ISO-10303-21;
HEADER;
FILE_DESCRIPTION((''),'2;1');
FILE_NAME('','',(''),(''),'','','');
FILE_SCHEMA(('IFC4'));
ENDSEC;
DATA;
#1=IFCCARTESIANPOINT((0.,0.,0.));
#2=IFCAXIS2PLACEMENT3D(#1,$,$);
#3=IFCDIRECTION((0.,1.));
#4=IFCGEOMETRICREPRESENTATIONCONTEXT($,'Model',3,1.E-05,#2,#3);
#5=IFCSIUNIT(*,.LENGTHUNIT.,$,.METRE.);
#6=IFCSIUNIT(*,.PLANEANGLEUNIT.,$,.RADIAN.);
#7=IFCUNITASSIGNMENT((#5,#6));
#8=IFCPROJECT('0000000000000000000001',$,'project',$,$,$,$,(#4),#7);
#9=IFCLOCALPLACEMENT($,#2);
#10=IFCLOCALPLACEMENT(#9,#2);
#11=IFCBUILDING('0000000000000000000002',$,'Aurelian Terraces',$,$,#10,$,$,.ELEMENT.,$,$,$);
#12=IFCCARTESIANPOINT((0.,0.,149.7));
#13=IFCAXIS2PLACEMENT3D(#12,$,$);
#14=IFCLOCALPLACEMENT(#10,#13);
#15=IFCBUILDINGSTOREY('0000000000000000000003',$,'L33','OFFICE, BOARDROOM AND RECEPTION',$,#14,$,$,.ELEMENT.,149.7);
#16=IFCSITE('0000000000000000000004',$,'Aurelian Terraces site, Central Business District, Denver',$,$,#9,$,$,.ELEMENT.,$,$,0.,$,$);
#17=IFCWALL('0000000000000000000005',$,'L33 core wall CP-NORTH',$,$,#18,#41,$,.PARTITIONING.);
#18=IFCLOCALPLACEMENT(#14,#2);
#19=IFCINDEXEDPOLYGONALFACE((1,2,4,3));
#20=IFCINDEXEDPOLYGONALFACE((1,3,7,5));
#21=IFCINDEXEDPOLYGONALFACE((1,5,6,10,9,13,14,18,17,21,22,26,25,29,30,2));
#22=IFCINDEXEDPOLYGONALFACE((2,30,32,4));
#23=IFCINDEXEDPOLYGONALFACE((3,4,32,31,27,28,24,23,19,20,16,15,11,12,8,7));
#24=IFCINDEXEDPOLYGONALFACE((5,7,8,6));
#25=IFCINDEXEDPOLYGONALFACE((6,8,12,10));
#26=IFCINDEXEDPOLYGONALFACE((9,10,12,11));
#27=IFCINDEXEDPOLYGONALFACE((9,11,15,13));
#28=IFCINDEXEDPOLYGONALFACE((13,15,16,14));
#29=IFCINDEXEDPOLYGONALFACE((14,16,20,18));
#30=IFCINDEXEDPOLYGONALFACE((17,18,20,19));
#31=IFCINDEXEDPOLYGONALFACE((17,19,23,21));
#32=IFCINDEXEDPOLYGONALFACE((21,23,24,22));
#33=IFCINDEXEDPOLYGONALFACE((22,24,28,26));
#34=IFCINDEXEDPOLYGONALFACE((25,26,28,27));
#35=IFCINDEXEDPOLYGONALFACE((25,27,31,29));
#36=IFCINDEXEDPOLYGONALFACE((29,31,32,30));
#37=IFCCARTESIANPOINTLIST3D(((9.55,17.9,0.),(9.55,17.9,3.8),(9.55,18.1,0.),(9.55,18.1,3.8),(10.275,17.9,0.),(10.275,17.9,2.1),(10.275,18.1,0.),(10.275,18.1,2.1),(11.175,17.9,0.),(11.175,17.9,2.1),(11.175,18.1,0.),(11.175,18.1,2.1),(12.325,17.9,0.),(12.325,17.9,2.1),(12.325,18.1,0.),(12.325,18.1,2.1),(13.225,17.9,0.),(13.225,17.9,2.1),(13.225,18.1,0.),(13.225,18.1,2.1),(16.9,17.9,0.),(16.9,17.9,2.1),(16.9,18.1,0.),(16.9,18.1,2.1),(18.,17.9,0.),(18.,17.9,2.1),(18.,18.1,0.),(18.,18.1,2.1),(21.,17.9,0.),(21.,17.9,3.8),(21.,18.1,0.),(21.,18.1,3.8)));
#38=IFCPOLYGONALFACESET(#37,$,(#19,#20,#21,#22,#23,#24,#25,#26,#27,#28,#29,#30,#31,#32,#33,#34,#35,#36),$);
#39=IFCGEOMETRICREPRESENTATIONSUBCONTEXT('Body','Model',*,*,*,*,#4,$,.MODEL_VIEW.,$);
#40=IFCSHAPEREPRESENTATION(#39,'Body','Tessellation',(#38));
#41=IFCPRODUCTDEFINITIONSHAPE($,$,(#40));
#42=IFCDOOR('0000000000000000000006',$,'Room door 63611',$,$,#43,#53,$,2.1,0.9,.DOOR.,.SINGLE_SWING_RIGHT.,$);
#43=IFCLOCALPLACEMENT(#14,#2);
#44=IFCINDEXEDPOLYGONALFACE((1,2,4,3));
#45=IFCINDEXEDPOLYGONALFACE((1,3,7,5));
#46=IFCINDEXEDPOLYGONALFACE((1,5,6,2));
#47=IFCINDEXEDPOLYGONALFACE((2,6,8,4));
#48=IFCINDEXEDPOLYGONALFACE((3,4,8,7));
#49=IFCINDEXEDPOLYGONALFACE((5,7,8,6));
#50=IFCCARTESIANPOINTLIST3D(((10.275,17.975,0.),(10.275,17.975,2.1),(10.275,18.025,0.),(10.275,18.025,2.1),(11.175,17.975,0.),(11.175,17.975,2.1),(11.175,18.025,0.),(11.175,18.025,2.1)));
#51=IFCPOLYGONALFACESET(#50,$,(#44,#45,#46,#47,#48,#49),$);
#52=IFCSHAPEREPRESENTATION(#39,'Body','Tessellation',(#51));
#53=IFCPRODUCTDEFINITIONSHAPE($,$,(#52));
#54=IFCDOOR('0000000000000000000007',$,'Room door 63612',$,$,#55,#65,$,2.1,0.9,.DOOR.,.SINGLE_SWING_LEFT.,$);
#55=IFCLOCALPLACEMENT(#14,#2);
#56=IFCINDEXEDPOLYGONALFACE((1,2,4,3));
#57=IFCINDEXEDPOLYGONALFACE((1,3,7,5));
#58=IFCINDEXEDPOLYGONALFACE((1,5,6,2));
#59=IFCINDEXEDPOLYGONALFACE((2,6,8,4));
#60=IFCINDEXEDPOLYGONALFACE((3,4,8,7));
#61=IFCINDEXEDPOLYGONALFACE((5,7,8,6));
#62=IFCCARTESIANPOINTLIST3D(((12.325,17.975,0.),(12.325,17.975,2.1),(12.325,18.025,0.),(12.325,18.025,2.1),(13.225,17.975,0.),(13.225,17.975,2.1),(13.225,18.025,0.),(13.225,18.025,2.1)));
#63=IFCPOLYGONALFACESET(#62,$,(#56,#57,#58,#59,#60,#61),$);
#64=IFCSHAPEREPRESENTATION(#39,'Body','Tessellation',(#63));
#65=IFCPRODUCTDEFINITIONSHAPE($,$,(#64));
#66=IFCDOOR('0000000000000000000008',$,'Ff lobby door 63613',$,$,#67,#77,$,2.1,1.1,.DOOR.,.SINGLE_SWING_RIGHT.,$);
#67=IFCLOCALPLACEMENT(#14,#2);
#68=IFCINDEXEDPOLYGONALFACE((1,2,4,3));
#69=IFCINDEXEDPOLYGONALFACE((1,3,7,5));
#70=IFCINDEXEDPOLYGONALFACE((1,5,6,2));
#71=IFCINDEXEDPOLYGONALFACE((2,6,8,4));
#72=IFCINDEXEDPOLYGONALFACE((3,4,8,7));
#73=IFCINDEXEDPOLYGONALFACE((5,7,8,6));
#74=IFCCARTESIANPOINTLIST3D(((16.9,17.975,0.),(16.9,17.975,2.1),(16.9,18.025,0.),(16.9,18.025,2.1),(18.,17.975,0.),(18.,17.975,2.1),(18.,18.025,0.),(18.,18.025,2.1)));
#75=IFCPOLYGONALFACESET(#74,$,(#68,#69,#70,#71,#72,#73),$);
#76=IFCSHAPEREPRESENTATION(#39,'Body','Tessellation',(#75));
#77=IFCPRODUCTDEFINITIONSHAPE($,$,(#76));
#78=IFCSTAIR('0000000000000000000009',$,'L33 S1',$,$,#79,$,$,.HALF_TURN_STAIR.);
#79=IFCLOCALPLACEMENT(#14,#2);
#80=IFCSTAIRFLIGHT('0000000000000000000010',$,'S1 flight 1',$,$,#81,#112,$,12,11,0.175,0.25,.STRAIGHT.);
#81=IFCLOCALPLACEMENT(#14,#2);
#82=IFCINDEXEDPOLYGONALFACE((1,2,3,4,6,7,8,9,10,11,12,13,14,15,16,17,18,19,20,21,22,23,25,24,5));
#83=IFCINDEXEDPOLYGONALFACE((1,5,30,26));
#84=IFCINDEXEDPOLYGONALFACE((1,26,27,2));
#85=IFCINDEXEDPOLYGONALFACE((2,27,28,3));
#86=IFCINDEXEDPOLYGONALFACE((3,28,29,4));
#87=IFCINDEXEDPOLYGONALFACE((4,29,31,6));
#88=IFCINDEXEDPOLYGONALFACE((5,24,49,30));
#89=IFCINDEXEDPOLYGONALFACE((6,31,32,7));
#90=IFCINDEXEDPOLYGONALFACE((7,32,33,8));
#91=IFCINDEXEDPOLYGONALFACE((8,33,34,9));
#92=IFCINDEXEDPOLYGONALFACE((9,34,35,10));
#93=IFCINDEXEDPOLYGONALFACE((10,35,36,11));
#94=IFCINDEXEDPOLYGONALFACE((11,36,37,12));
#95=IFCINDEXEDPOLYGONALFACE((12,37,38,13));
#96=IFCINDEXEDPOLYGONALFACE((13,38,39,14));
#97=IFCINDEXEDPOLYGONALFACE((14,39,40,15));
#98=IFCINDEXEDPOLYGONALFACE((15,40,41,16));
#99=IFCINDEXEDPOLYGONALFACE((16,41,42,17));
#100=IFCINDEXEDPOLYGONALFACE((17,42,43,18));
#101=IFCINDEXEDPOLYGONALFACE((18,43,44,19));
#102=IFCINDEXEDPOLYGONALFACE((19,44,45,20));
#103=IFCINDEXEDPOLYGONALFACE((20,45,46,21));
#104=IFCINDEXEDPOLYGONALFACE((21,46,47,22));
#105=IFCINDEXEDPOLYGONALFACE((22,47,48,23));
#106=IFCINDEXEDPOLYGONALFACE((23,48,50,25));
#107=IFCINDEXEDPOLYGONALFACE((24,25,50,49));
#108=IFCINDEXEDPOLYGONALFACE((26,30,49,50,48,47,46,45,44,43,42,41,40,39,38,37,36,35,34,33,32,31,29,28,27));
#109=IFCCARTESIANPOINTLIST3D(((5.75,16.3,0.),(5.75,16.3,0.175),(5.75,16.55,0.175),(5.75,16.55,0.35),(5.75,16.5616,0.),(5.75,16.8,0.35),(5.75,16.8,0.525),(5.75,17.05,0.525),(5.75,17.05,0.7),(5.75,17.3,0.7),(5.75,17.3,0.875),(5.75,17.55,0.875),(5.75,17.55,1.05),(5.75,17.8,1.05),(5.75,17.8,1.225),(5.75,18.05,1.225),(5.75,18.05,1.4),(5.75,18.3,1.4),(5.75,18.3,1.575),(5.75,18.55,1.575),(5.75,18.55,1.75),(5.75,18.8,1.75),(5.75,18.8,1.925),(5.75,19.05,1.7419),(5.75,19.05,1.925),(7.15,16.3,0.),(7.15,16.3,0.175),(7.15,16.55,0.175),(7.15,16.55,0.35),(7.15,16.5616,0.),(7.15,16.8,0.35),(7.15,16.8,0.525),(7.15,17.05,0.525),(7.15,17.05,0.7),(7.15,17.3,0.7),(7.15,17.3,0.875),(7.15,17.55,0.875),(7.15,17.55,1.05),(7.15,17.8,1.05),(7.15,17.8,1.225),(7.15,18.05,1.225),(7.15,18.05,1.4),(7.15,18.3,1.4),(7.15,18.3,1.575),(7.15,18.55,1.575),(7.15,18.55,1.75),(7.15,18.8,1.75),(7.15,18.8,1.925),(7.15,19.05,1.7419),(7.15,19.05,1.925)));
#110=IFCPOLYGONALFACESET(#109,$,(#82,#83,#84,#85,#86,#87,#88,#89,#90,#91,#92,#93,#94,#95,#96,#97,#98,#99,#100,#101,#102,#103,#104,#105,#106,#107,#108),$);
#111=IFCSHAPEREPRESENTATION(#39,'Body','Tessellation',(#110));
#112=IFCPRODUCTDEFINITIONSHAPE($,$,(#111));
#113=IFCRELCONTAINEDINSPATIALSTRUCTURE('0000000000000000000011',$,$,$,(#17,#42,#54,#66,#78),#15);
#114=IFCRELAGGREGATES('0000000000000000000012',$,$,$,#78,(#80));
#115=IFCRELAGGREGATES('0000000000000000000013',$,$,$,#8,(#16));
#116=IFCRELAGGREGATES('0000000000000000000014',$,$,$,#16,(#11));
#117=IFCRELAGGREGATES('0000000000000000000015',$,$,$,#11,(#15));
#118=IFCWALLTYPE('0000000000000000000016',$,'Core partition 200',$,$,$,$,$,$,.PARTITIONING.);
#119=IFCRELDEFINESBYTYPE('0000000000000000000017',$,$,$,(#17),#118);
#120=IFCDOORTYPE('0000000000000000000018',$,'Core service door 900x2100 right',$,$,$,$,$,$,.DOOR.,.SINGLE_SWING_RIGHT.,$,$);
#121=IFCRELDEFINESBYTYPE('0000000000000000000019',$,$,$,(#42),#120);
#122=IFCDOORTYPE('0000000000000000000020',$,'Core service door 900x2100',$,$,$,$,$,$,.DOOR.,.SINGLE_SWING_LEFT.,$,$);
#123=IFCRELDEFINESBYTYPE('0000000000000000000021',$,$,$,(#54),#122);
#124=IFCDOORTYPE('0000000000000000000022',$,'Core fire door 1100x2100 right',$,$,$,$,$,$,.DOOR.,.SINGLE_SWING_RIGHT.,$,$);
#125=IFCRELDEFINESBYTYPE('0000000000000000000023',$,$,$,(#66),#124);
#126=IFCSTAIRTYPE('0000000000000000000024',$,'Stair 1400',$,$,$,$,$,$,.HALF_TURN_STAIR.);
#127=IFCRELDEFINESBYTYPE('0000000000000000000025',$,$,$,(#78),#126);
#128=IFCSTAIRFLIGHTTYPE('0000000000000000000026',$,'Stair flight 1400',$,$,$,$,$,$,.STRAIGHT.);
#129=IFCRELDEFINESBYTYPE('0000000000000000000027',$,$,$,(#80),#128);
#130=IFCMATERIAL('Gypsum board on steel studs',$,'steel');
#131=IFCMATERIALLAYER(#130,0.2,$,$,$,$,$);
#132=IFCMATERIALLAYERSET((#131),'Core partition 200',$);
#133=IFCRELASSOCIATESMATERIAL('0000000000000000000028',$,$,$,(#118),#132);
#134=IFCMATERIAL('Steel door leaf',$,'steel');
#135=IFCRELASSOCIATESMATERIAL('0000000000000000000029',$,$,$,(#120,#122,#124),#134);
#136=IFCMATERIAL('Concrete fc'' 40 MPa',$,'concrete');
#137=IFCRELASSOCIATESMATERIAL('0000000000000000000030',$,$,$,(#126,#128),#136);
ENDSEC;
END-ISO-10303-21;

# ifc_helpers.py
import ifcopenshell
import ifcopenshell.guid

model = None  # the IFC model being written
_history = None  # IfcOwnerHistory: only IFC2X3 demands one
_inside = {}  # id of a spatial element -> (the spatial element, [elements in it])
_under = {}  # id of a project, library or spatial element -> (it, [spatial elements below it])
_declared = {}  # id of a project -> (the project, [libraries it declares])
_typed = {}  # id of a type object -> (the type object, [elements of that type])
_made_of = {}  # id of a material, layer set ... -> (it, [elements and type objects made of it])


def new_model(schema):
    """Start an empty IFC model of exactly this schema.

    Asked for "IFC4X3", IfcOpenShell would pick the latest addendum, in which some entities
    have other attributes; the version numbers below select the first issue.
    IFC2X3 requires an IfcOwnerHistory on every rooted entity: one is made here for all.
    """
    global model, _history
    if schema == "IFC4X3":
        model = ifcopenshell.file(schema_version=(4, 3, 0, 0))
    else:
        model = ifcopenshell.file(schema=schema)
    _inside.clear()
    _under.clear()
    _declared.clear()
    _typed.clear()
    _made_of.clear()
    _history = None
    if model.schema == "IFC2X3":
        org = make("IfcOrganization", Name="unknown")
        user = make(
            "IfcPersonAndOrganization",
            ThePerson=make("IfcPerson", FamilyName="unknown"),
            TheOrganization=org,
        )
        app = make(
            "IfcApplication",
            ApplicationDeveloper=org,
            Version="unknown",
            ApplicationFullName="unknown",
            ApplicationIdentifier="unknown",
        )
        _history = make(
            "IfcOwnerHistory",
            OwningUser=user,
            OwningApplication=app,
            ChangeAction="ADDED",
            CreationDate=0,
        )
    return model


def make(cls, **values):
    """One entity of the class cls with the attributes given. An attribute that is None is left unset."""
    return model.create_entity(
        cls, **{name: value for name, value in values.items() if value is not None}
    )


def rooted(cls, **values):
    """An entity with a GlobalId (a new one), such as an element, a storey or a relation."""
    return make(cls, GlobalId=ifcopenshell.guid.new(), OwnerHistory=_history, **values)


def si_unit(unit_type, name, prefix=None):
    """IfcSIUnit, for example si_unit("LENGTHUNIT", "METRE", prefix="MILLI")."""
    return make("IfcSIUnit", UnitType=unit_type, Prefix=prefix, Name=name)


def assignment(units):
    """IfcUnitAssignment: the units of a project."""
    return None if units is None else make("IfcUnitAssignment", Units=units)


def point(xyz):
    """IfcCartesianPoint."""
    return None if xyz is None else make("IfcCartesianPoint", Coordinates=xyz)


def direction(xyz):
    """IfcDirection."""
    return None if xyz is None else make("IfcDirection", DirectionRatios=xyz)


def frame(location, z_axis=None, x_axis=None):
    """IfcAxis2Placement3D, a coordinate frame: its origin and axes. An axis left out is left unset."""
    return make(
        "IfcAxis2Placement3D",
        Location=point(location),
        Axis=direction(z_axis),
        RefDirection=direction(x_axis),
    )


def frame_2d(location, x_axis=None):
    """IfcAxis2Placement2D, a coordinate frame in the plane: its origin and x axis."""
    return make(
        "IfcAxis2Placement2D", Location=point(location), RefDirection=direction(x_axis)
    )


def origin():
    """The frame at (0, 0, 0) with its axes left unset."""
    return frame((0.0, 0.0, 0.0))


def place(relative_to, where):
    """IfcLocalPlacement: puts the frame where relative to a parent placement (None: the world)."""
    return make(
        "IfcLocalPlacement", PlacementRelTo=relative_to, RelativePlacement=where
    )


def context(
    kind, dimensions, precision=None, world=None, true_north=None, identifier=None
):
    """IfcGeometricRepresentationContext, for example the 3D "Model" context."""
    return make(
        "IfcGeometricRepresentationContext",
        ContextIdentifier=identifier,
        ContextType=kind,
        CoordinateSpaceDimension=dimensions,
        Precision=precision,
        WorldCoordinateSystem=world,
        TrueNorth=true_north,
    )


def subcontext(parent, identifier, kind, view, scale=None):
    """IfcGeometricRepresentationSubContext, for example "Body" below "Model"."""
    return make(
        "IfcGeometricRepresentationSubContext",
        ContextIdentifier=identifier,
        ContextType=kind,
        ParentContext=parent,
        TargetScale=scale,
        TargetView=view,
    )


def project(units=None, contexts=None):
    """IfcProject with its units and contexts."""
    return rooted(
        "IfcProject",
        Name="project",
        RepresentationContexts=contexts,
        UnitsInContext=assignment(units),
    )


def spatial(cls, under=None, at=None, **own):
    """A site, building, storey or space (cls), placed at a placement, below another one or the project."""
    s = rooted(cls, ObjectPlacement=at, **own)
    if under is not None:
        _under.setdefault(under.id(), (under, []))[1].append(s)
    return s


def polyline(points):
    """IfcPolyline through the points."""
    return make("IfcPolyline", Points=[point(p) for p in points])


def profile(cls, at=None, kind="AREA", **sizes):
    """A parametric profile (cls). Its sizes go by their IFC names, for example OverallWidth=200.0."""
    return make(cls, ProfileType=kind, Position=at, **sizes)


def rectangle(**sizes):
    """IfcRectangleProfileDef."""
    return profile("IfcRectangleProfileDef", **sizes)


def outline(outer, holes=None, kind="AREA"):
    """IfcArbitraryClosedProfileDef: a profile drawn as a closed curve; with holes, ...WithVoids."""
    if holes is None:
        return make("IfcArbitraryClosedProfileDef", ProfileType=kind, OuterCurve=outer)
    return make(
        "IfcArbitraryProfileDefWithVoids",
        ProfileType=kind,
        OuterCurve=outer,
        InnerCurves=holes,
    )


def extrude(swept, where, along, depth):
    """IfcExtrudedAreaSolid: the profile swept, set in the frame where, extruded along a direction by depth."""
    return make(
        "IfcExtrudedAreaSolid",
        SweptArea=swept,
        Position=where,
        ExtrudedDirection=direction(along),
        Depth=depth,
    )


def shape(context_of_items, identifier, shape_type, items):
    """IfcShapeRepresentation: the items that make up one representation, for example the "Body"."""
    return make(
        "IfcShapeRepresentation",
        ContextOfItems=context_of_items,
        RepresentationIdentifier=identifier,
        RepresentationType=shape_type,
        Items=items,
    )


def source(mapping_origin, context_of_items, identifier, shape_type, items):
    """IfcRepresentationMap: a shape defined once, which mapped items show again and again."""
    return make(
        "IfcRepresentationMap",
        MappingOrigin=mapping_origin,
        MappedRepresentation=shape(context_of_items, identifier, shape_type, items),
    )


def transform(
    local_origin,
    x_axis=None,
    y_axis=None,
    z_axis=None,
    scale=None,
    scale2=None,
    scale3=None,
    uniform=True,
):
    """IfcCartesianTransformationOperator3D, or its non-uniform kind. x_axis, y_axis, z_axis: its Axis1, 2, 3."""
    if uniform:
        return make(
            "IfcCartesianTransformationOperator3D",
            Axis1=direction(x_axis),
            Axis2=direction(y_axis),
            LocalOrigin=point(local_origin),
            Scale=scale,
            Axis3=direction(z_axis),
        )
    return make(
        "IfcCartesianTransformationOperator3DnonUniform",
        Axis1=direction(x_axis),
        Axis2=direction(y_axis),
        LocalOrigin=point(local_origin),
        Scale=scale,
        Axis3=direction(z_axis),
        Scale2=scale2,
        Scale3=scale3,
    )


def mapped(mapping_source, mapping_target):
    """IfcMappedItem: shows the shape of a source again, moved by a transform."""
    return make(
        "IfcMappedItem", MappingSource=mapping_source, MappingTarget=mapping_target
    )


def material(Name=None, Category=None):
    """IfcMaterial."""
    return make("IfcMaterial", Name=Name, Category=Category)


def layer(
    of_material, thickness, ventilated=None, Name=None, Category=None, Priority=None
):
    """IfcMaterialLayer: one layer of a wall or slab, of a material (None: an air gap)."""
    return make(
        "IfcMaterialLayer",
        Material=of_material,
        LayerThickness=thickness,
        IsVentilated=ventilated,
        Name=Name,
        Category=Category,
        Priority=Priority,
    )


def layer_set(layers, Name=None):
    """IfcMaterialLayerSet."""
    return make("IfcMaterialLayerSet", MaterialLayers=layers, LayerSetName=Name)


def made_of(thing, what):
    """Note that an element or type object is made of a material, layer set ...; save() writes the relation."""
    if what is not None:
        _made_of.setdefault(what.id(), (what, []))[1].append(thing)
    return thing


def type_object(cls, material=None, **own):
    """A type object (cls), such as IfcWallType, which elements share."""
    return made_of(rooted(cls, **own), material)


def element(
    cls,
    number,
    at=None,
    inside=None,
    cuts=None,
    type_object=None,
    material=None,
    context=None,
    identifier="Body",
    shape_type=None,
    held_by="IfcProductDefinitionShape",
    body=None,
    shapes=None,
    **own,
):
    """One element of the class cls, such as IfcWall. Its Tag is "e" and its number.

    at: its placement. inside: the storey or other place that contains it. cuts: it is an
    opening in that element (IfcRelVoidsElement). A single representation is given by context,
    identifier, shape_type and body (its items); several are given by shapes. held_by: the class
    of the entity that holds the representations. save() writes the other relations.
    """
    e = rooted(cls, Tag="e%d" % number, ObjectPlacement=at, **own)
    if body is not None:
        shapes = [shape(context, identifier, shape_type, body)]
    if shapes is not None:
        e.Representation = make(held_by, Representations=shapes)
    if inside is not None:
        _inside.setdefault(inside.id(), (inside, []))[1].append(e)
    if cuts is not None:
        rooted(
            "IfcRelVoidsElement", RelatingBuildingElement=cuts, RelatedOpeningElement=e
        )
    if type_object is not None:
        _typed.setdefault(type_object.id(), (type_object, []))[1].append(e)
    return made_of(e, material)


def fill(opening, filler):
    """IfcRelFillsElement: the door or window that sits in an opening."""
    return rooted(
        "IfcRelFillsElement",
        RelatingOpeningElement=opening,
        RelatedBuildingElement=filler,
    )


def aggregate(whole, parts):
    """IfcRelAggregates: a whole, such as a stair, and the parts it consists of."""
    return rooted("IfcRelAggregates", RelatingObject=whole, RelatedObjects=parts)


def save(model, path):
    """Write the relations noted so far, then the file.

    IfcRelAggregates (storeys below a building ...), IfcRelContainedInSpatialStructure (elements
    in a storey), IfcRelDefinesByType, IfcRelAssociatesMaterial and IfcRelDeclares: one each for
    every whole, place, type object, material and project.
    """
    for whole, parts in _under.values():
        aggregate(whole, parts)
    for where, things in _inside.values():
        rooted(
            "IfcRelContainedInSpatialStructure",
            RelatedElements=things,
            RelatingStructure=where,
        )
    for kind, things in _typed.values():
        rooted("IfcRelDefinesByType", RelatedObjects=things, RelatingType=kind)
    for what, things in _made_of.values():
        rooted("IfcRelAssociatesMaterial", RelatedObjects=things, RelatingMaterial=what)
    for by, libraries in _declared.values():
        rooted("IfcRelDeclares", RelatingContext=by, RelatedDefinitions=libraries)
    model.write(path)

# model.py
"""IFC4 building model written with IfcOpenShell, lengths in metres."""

from ifc_helpers import new_model, si_unit, direction, frame, frame_2d, origin, place, context, subcontext, project, spatial, polyline, rectangle, outline, extrude, source, transform, mapped, material, layer, layer_set, type_object, element, fill, aggregate, save


model = new_model("IFC4")

# Units and contexts
model_context = context("Model", 3, precision=1e-05, world=origin(), true_north=direction((0.0, 1.0)))
body_context = subcontext(model_context, "Body", "Model", "MODEL_VIEW")
ifc_project = project(units=[si_unit("LENGTHUNIT", "METRE"), si_unit("PLANEANGLEUNIT", "RADIAN")], contexts=[model_context])

# Site, building, storey
site_placement = place(None, origin())
site = spatial("IfcSite", under=ifc_project, at=site_placement, Name="Aurelian Terraces site, Central Business District, Denver", CompositionType="ELEMENT", RefElevation=0.0)
building_placement = place(site_placement, origin())
building = spatial("IfcBuilding", under=site, at=building_placement, Name="Aurelian Terraces", CompositionType="ELEMENT")
storey_placement = place(building_placement, frame((0.0, 0.0, 149.7)))
storey = spatial("IfcBuildingStorey", under=building, at=storey_placement, Name="L33", Description="OFFICE, BOARDROOM AND RECEPTION", CompositionType="ELEMENT", Elevation=149.7)

# Shared definitions
ifc_material_1 = material(Name="Concrete fc' 40 MPa", Category="concrete")

# Shared definitions
shared_shape_1 = source(origin(), body_context, "Body", "SweptSolid", [
    extrude(rectangle(XDim=1.1, YDim=2.1, at=frame_2d((0.55, 1.05))), frame((0.0, 0.11, 0.0), z_axis=(0.0, -1.0, 0.0), x_axis=(1.0, 0.0, 0.0)), (0.0, 0.0, 1.0), 0.22),
])
shared_shape_2 = source(origin(), body_context, "Body", "SweptSolid", [
    extrude(rectangle(XDim=1.1, YDim=2.1, at=frame_2d((0.55, 1.05))), frame((0.0, 0.025, 0.0), z_axis=(0.0, -1.0, 0.0), x_axis=(1.0, 0.0, 0.0)), (0.0, 0.0, 1.0), 0.05),
])

# Shared definitions
ifc_material_2 = material(Name="Gypsum board on steel studs", Category="steel")
ifc_layer_1 = layer(ifc_material_2, 0.2)
ifc_layer_set_1 = layer_set([ifc_layer_1], Name="Core partition 200")
wall_type_1 = type_object("IfcWallType", Name="Core partition 200", PredefinedType="PARTITIONING", material=ifc_layer_set_1)

# Shared definitions
ifc_material_3 = material(Name="Steel door leaf", Category="steel")

# Wall, openings, doors
shared_shape_3 = source(origin(), body_context, "Body", "SweptSolid", [
    extrude(rectangle(XDim=11.45, YDim=0.2, at=frame_2d((5.725, 0.0))), origin(), (0.0, 0.0, 1.0), 3.8),
])
wall_1_placement = place(storey_placement, frame((9.55, 18.0, 0.0), z_axis=(0.0, 0.0, 1.0), x_axis=(1.0, 0.0, 0.0)))
wall_1 = element("IfcWall", 1, at=wall_1_placement, inside=storey, type_object=wall_type_1, Name="L33 core wall CP-NORTH", PredefinedType="PARTITIONING", context=body_context, shape_type="MappedRepresentation", body=[
    mapped(shared_shape_3, transform((0.0, 0.0, 0.0), scale=1.0)),
])
shared_shape_4 = source(origin(), body_context, "Body", "SweptSolid", [
    extrude(rectangle(XDim=0.9, YDim=2.1, at=frame_2d((0.45, 1.05))), frame((0.0, 0.11, 0.0), z_axis=(0.0, -1.0, 0.0), x_axis=(1.0, 0.0, 0.0)), (0.0, 0.0, 1.0), 0.22),
])
opening_1_placement = place(wall_1_placement, frame((0.725, 0.0, 0.0)))
opening_1 = element("IfcOpeningElement", 2, at=opening_1_placement, cuts=wall_1, PredefinedType="OPENING", context=body_context, shape_type="MappedRepresentation", body=[
    mapped(shared_shape_4, transform((0.0, 0.0, 0.0), scale=1.0)),
])
opening_2_placement = place(wall_1_placement, frame((2.775, 0.0, 0.0)))
opening_2 = element("IfcOpeningElement", 3, at=opening_2_placement, cuts=wall_1, PredefinedType="OPENING", context=body_context, shape_type="MappedRepresentation", body=[
    mapped(shared_shape_4, transform((0.0, 0.0, 0.0), scale=1.0)),
])
opening_3_placement = place(wall_1_placement, frame((7.35, 0.0, 0.0)))
opening_3 = element("IfcOpeningElement", 4, at=opening_3_placement, cuts=wall_1, PredefinedType="OPENING", context=body_context, shape_type="MappedRepresentation", body=[
    mapped(shared_shape_1, transform((0.0, 0.0, 0.0), scale=1.0)),
])
door_type_1 = type_object("IfcDoorType", Name="Core service door 900x2100 right", OperationType="SINGLE_SWING_RIGHT", PredefinedType="DOOR", material=ifc_material_3)
shared_shape_5 = source(origin(), body_context, "Body", "SweptSolid", [
    extrude(rectangle(XDim=0.9, YDim=2.1, at=frame_2d((0.45, 1.05))), frame((0.0, 0.025, 0.0), z_axis=(0.0, -1.0, 0.0), x_axis=(1.0, 0.0, 0.0)), (0.0, 0.0, 1.0), 0.05),
])
door_1_placement = place(opening_1_placement, origin())
door_1 = element("IfcDoor", 5, at=door_1_placement, inside=storey, type_object=door_type_1, Name="Room door 63611", OperationType="SINGLE_SWING_RIGHT", OverallHeight=2.1, OverallWidth=0.9, PredefinedType="DOOR", context=body_context, shape_type="MappedRepresentation", body=[
    mapped(shared_shape_5, transform((0.0, 0.0, 0.0), scale=1.0)),
])
fill(opening_1, door_1)
door_type_2 = type_object("IfcDoorType", Name="Core service door 900x2100", OperationType="SINGLE_SWING_LEFT", PredefinedType="DOOR", material=ifc_material_3)
door_2_placement = place(opening_2_placement, origin())
door_2 = element("IfcDoor", 6, at=door_2_placement, inside=storey, type_object=door_type_2, Name="Room door 63612", OperationType="SINGLE_SWING_LEFT", OverallHeight=2.1, OverallWidth=0.9, PredefinedType="DOOR", context=body_context, shape_type="MappedRepresentation", body=[
    mapped(shared_shape_5, transform((0.0, 0.0, 0.0), scale=1.0)),
])
fill(opening_2, door_2)
door_type_3 = type_object("IfcDoorType", Name="Core fire door 1100x2100 right", OperationType="SINGLE_SWING_RIGHT", PredefinedType="DOOR", material=ifc_material_3)
door_3_placement = place(opening_3_placement, origin())
door_3 = element("IfcDoor", 7, at=door_3_placement, inside=storey, type_object=door_type_3, Name="Ff lobby door 63613", OperationType="SINGLE_SWING_RIGHT", OverallHeight=2.1, OverallWidth=1.1, PredefinedType="DOOR", context=body_context, shape_type="MappedRepresentation", body=[
    mapped(shared_shape_2, transform((0.0, 0.0, 0.0), scale=1.0)),
])
fill(opening_3, door_3)

# Stair, stair flight
stair_type = type_object("IfcStairType", Name="Stair 1400", PredefinedType="HALF_TURN_STAIR", material=ifc_material_1)
stair_placement = place(storey_placement, origin())
stair = element("IfcStair", 8, at=stair_placement, inside=storey, type_object=stair_type, Name="L33 S1", PredefinedType="HALF_TURN_STAIR")
stair_flight_type = type_object("IfcStairFlightType", Name="Stair flight 1400", PredefinedType="STRAIGHT", material=ifc_material_1)
shared_shape_6 = source(origin(), body_context, "Body", "SweptSolid", [
    extrude(outline(polyline([(0.0, 0.0), (0.0, 0.175), (0.25, 0.175), (0.25, 0.35), (0.5, 0.35), (0.5, 0.525), (0.75, 0.525), (0.75, 0.7), (1.0, 0.7), (1.0, 0.875), (1.25, 0.875), (1.25, 1.05), (1.5, 1.05), (1.5, 1.225), (1.75, 1.225), (1.75, 1.4), (2.0, 1.4), (2.0, 1.575), (2.25, 1.575), (2.25, 1.75), (2.5, 1.75), (2.5, 1.925), (2.75, 1.925), (2.75, 2.1), (2.75, 1.7419), (0.2616, 0.0), (0.0, 0.0)])), frame((0.0, 0.7, 0.0), z_axis=(0.0, -1.0, 0.0), x_axis=(1.0, 0.0, 0.0)), (0.0, 0.0, 1.0), 1.4),
])
stair_flight_placement = place(storey_placement, frame((6.45, 16.3, 0.0), z_axis=(0.0, 0.0, 1.0), x_axis=(0.0, 1.0, 0.0)))
stair_flight = element("IfcStairFlight", 9, at=stair_flight_placement, type_object=stair_flight_type, Name="S1 flight 1", NumberOfRisers=12, NumberOfTreads=11, PredefinedType="STRAIGHT", RiserHeight=0.175, TreadLength=0.25, context=body_context, shape_type="MappedRepresentation", body=[
    mapped(shared_shape_6, transform((0.0, 0.0, 0.0), scale=1.0)),
])
aggregate(stair, [stair_flight])

save(model, "model.ifc")
